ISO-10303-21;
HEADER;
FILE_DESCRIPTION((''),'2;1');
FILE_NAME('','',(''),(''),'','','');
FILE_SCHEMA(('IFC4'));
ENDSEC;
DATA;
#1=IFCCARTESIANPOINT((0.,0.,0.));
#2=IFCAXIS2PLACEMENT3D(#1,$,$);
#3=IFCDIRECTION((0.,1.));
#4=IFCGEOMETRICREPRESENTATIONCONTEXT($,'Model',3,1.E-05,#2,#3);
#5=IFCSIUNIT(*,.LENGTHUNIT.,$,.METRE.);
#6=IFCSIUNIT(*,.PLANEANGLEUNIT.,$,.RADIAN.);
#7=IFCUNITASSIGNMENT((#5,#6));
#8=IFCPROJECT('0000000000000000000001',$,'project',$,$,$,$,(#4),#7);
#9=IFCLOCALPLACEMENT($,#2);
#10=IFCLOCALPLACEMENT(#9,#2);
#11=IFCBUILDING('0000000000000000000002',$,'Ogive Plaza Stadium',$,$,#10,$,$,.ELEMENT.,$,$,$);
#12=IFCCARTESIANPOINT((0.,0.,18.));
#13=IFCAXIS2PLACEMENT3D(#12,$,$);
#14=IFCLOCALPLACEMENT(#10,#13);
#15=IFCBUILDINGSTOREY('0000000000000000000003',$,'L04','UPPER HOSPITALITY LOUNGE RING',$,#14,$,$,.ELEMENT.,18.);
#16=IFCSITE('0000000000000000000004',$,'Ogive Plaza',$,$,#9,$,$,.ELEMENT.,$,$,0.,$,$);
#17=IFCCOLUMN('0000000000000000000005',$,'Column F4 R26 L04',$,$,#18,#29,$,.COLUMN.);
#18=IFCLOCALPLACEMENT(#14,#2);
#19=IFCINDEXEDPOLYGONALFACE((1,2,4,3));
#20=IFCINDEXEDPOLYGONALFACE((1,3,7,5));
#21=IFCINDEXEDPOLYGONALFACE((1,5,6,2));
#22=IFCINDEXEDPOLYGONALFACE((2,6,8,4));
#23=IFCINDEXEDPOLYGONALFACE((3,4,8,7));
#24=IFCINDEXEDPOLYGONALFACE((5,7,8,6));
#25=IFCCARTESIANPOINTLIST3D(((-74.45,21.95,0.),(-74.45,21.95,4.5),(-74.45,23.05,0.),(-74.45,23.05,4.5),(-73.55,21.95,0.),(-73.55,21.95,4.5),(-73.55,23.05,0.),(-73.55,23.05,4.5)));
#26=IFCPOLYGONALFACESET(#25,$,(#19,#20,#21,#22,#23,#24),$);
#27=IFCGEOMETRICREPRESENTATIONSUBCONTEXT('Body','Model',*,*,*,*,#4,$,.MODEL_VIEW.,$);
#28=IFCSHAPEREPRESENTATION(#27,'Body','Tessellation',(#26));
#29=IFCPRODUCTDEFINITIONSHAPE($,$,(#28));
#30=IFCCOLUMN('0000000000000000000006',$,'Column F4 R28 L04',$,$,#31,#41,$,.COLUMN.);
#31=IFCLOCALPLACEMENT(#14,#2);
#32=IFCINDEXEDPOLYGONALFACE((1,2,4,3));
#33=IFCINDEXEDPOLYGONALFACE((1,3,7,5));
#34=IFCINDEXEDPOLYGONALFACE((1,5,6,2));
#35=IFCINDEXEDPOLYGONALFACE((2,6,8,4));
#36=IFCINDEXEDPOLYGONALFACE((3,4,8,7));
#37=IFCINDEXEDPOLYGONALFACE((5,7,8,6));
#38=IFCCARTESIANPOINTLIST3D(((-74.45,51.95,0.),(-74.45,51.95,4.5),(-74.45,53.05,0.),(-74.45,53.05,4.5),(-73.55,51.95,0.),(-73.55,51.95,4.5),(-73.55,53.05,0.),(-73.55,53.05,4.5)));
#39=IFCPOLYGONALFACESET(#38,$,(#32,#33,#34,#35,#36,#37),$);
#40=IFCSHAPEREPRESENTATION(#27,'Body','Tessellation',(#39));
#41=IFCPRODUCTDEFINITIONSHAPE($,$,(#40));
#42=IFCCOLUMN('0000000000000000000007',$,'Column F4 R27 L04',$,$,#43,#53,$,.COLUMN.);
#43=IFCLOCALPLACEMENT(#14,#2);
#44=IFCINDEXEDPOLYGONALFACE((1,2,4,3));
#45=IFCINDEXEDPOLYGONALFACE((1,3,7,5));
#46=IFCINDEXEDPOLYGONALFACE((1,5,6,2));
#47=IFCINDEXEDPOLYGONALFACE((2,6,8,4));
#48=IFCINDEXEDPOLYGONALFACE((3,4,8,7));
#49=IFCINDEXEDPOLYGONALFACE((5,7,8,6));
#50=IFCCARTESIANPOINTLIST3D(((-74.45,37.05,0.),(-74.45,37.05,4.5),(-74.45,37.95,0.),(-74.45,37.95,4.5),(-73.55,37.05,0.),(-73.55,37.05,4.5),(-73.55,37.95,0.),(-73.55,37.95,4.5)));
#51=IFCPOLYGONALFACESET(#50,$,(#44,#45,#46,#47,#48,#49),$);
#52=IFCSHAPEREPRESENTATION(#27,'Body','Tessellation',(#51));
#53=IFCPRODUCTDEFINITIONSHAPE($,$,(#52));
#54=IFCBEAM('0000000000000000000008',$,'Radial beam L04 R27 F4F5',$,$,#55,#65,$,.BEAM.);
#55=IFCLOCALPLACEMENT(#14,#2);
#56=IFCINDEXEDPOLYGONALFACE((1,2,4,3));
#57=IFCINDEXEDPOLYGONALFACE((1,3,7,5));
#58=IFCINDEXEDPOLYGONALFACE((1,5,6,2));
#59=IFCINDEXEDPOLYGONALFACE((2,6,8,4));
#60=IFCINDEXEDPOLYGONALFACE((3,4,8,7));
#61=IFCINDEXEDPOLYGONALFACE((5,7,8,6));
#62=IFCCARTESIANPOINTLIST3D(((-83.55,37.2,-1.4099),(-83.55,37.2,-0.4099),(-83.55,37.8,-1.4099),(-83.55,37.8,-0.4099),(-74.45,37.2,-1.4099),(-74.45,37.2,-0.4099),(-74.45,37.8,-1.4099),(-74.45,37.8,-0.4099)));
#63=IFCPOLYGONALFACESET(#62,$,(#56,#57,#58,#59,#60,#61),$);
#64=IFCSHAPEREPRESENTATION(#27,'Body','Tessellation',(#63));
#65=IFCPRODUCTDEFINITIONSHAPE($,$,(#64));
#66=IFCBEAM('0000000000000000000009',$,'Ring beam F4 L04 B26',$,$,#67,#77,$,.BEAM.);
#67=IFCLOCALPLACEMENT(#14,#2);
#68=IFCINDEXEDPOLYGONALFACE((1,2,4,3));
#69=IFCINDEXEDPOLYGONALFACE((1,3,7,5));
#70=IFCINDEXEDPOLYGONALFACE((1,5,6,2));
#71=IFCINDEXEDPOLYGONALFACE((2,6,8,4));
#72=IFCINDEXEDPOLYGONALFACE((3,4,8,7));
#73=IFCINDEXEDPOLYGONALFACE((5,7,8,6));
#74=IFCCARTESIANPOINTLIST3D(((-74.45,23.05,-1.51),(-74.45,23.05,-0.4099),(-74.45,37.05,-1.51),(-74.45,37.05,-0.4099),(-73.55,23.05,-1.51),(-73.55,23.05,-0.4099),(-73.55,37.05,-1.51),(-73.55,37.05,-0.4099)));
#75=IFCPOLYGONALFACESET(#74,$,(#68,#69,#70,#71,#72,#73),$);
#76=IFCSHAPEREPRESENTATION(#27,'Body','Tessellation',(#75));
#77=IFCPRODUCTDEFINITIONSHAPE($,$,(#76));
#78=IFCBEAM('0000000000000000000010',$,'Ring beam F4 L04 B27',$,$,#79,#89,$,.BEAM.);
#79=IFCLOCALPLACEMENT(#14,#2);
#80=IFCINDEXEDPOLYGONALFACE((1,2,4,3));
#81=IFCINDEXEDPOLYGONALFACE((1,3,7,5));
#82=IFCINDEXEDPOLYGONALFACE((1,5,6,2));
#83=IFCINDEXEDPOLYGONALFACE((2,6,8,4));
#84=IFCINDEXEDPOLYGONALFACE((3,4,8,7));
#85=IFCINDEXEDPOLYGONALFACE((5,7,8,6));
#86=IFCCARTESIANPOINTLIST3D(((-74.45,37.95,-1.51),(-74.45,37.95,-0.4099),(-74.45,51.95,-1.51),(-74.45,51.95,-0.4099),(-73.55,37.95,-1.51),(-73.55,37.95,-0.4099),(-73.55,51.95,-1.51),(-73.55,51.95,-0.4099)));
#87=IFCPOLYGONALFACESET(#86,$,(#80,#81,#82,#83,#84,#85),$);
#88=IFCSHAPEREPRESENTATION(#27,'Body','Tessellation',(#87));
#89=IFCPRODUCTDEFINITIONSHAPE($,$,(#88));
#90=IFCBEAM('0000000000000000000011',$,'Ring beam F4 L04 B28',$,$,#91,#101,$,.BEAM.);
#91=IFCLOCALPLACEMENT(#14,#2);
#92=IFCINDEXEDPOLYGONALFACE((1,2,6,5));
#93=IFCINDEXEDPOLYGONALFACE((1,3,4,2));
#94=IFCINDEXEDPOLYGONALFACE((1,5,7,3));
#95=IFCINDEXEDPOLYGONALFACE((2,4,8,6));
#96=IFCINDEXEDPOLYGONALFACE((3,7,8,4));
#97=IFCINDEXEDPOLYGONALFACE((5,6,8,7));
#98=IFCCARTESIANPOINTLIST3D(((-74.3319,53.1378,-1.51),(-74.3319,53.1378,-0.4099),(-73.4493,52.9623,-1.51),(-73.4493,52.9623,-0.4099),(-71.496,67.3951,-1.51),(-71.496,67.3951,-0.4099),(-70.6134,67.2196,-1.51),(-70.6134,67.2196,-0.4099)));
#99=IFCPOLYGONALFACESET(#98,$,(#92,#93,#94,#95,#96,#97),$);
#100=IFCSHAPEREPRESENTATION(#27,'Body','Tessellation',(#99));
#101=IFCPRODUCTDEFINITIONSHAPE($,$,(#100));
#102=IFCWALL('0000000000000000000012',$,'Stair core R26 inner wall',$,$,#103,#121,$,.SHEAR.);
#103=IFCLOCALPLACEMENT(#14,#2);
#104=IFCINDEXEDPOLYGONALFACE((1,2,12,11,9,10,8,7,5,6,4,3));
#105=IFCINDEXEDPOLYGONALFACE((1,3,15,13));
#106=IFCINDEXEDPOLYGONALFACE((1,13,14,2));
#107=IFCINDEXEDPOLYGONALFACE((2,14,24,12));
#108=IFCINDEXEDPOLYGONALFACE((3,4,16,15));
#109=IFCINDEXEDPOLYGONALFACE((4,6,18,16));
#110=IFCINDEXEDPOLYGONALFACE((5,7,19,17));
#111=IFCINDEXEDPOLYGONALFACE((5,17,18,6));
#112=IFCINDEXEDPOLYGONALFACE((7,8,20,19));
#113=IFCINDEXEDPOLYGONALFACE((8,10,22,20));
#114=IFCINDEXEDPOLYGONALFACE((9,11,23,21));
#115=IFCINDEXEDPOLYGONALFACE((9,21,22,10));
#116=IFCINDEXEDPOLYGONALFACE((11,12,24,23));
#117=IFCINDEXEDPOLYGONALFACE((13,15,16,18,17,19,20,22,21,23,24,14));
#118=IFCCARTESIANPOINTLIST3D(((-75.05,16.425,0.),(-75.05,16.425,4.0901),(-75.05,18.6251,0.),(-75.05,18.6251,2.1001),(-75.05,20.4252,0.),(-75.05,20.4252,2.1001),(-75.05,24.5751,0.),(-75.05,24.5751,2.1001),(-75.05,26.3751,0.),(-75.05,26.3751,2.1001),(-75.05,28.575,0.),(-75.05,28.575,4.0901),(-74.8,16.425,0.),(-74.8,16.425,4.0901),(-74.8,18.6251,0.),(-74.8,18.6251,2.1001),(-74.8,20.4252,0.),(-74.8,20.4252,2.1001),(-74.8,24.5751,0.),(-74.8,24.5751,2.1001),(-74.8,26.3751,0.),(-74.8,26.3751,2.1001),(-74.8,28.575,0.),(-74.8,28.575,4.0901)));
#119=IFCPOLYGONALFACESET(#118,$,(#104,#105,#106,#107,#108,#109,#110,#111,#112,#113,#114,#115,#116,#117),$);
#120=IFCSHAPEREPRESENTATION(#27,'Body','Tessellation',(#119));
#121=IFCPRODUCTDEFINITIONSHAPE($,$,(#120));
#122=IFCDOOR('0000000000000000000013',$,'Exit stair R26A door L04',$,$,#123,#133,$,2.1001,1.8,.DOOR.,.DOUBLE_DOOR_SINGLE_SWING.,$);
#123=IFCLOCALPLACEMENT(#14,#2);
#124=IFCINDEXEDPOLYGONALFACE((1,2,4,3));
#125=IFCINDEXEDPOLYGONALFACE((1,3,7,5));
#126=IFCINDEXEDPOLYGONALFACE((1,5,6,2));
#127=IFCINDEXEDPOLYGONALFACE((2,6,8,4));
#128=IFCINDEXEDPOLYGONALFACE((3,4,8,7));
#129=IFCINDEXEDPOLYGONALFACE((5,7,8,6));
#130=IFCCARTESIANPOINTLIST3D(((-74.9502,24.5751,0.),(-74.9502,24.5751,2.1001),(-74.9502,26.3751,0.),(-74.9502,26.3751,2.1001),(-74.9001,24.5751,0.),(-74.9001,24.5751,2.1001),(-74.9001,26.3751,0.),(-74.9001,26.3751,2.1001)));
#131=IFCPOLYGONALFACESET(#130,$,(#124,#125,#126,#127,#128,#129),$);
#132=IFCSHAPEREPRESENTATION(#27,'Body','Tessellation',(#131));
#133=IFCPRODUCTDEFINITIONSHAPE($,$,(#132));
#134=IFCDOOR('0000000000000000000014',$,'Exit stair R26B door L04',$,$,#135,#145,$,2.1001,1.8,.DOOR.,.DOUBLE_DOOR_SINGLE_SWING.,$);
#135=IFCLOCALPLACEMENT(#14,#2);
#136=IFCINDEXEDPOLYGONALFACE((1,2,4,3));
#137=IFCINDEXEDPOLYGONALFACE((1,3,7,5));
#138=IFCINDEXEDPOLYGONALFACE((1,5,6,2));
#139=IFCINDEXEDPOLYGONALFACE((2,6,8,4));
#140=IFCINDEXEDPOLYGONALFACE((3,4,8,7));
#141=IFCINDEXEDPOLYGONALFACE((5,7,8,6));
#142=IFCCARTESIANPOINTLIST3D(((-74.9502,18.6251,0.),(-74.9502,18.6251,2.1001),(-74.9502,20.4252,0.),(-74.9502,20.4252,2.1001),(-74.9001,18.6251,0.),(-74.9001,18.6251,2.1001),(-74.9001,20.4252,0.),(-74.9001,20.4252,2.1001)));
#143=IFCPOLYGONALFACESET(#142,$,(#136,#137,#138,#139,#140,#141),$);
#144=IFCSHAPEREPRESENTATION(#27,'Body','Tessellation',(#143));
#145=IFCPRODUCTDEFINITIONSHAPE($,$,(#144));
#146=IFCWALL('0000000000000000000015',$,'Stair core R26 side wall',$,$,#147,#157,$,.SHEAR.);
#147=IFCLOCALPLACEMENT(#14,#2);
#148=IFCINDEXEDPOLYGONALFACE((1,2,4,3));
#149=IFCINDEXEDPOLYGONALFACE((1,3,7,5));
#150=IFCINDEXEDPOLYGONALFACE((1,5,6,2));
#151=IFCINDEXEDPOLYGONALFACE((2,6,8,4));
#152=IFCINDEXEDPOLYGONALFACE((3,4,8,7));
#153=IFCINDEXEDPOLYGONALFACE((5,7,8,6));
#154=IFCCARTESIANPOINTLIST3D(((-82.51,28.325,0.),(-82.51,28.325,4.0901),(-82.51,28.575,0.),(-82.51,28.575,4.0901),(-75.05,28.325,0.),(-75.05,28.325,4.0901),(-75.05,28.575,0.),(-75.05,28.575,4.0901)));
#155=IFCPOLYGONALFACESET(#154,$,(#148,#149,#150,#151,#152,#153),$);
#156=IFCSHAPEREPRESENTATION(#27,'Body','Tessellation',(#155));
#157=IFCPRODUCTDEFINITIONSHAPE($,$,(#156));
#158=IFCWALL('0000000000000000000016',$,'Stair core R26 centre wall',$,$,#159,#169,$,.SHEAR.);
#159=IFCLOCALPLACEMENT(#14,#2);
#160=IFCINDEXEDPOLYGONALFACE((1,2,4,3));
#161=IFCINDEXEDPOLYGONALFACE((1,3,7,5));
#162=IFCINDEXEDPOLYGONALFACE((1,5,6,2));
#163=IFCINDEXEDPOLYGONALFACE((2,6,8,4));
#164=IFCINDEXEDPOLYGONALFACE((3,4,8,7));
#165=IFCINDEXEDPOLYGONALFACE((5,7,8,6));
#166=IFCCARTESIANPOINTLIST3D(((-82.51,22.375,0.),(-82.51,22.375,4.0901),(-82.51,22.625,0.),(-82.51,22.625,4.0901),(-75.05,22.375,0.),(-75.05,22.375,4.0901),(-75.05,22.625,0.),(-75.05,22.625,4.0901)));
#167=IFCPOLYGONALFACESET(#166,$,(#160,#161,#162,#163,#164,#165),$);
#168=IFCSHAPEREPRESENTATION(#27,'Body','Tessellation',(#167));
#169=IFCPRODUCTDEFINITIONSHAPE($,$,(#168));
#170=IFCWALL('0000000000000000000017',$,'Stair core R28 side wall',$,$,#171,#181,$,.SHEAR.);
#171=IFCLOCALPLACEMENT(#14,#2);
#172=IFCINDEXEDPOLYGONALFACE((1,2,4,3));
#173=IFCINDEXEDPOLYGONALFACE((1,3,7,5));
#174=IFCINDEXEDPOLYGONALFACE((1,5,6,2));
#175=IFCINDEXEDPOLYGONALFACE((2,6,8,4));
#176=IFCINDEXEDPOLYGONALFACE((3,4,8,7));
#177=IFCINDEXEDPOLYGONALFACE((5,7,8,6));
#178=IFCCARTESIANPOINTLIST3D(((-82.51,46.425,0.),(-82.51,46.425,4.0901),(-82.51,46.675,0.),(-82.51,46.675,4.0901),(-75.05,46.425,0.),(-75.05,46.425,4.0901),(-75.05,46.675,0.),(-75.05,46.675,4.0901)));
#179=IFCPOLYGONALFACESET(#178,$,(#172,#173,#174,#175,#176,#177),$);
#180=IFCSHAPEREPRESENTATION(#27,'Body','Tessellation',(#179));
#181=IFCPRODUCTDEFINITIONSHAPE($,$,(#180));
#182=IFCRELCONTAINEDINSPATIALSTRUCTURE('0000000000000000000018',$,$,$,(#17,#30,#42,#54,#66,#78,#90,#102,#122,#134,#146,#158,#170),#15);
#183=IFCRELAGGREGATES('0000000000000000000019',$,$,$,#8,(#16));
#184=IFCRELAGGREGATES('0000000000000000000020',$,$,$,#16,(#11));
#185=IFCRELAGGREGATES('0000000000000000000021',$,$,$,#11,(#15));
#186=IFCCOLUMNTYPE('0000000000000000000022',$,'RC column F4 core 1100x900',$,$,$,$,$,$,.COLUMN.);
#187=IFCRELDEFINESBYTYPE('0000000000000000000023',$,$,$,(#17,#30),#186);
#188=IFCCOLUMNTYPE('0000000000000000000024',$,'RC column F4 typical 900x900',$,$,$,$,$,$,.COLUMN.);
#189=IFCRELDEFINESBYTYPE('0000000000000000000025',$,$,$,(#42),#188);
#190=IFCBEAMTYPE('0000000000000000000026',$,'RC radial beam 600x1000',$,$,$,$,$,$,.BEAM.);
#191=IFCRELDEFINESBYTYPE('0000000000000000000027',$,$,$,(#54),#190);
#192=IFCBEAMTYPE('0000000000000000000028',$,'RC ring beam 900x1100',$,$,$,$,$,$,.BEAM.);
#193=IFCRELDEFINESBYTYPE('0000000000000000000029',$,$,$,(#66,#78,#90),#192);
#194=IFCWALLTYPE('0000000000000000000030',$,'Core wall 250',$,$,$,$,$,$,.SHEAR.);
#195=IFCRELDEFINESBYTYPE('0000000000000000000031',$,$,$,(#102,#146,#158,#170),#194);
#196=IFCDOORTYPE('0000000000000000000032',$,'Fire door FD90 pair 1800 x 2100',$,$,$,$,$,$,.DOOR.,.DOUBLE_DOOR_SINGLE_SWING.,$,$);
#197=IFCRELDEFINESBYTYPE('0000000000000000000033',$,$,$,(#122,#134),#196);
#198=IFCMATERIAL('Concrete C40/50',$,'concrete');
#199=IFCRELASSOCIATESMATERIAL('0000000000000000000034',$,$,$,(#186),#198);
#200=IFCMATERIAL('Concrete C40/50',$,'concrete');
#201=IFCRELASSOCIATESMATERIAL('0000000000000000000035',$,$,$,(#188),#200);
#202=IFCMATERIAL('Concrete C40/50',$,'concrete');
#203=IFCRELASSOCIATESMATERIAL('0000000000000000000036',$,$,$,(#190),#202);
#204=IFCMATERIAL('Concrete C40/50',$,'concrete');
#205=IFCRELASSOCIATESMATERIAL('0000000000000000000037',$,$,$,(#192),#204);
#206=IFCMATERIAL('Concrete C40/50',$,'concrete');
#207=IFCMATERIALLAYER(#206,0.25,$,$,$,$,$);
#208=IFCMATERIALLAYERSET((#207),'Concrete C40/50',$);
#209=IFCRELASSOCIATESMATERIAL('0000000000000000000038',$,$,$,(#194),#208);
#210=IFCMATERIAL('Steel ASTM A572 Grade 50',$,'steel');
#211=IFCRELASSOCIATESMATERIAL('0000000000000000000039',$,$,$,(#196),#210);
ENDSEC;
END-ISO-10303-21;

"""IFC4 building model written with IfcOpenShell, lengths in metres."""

from ifc_helpers import new_model, si_unit, direction, frame, frame_2d, origin, origin_2d, place, context, subcontext, project, spatial, rectangle, extrude, material, layer, layer_set, material_profile, profile_set, type_object, element, fill, save


model = new_model("IFC4")

# Units and contexts
model_context = context("Model", 3, precision=1e-05, world=origin(), true_north=direction((0.0, 1.0)))
body_context = subcontext(model_context, "Body", "Model", "MODEL_VIEW")
ifc_project = project(units=[si_unit("LENGTHUNIT", "METRE"), si_unit("PLANEANGLEUNIT", "RADIAN")], contexts=[model_context])

# Site, building, storey
site_placement = place(None, origin())
site = spatial("IfcSite", under=ifc_project, at=site_placement, Name="Ogive Plaza", CompositionType="ELEMENT", RefElevation=0.0)
building_placement = place(site_placement, origin())
building = spatial("IfcBuilding", under=site, at=building_placement, Name="Ogive Plaza Stadium", CompositionType="ELEMENT")
storey_placement = place(building_placement, frame((0.0, 0.0, 18.0)))
storey = spatial("IfcBuildingStorey", under=building, at=storey_placement, Name="L04", Description="UPPER HOSPITALITY LOUNGE RING", CompositionType="ELEMENT", Elevation=18.0)

# Columns
ifc_material_1 = material(Name="Concrete C40/50", Category="concrete")
ifc_material_profile_1 = material_profile(ifc_material_1, rectangle(XDim=1.1001, YDim=0.8999, at=origin_2d()), Name="RC 1100x900")
ifc_profile_set_1 = profile_set([ifc_material_profile_1], Name="Concrete C40/50")
column_type_1 = type_object("IfcColumnType", Name="RC column F4 core 1100x900", PredefinedType="COLUMN", material=ifc_profile_set_1)
for number, where, z_axis, x_axis, name in (
    (1, (-74.0, 22.5, 0.0), (0.0, 0.0, 1.0), (0.0, -1.0, 0.0), "Column F4 R26 L04"),
    (2, (-74.0, 52.5, 0.0), (0.0, 0.0, 1.0), (0.0, -1.0, 0.0), "Column F4 R28 L04"),
):
    element("IfcColumn", number, at=place(storey_placement, frame(where, z_axis=z_axis, x_axis=x_axis)), inside=storey, type_object=column_type_1, Name=name, PredefinedType="COLUMN", context=body_context, shape_type="SweptSolid", body=[
        extrude(rectangle(XDim=1.1001, YDim=0.8999, at=origin_2d()), origin(), (0.0, 0.0, 1.0), 4.5),
    ])
ifc_material_2 = material(Name="Concrete C40/50", Category="concrete")
ifc_material_profile_2 = material_profile(ifc_material_2, rectangle(XDim=0.8999, YDim=0.8999, at=origin_2d()), Name="RC 900x900")
ifc_profile_set_2 = profile_set([ifc_material_profile_2], Name="Concrete C40/50")
column_type_2 = type_object("IfcColumnType", Name="RC column F4 typical 900x900", PredefinedType="COLUMN", material=ifc_profile_set_2)
column_placement = place(storey_placement, frame((-74.0, 37.5, 0.0), z_axis=(0.0, 0.0, 1.0), x_axis=(0.0, -1.0, 0.0)))
element("IfcColumn", 3, at=column_placement, inside=storey, type_object=column_type_2, Name="Column F4 R27 L04", PredefinedType="COLUMN", context=body_context, shape_type="SweptSolid", body=[
    extrude(rectangle(XDim=0.8999, YDim=0.8999, at=origin_2d()), origin(), (0.0, 0.0, 1.0), 4.5),
])

# Beams
ifc_material_3 = material(Name="Concrete C40/50", Category="concrete")
ifc_material_profile_3 = material_profile(ifc_material_3, rectangle(XDim=0.6001, YDim=1.0, at=origin_2d()), Name="RC 600x1000")
ifc_profile_set_3 = profile_set([ifc_material_profile_3], Name="Concrete C40/50")
beam_type_1 = type_object("IfcBeamType", Name="RC radial beam 600x1000", PredefinedType="BEAM", material=ifc_profile_set_3)
beam_1_placement = place(storey_placement, frame((-74.45, 37.5, -0.9099), z_axis=(-1.0, 0.0, 0.0), x_axis=(0.0, -1.0, 0.0)))
element("IfcBeam", 4, at=beam_1_placement, inside=storey, type_object=beam_type_1, Name="Radial beam L04 R27 F4F5", PredefinedType="BEAM", context=body_context, shape_type="SweptSolid", body=[
    extrude(rectangle(XDim=0.6001, YDim=1.0, at=origin_2d()), origin(), (0.0, 0.0, 1.0), 9.1001),
])
ifc_material_4 = material(Name="Concrete C40/50", Category="concrete")
ifc_material_profile_4 = material_profile(ifc_material_4, rectangle(XDim=0.8999, YDim=1.1001, at=origin_2d()), Name="RC 900x1100")
ifc_profile_set_4 = profile_set([ifc_material_profile_4], Name="Concrete C40/50")
beam_type_2 = type_object("IfcBeamType", Name="RC ring beam 900x1100", PredefinedType="BEAM", material=ifc_profile_set_4)
for number, where, z_axis, x_axis, name in (
    (5, (-74.0, 23.05, -0.96), (0.0, 1.0, 0.0), (-1.0, 0.0, 0.0), "Ring beam F4 L04 B26"),
    (6, (-74.0, 37.95, -0.96), (0.0, 1.0, 0.0), (-1.0, 0.0, 0.0), "Ring beam F4 L04 B27"),
):
    element("IfcBeam", number, at=place(storey_placement, frame(where, z_axis=z_axis, x_axis=x_axis)), inside=storey, type_object=beam_type_2, Name=name, PredefinedType="BEAM", context=body_context, shape_type="SweptSolid", body=[
        extrude(rectangle(XDim=0.8999, YDim=1.1001, at=origin_2d()), origin(), (0.0, 0.0, 1.0), 14.0),
    ])
beam_2_placement = place(storey_placement, frame((-73.8906, 53.05, -0.96), z_axis=(0.195089, 0.980786, 0.0), x_axis=(-0.980786, 0.195089, 0.0)))
element("IfcBeam", 7, at=beam_2_placement, inside=storey, type_object=beam_type_2, Name="Ring beam F4 L04 B28", PredefinedType="BEAM", context=body_context, shape_type="SweptSolid", body=[
    extrude(rectangle(XDim=0.8999, YDim=1.1001, at=origin_2d()), origin(), (0.0, 0.0, 1.0), 14.5366),
])

# Wall, openings, doors
ifc_material_5 = material(Name="Concrete C40/50", Category="concrete")
ifc_layer = layer(ifc_material_5, 0.25)
ifc_layer_set = layer_set([ifc_layer], Name="Concrete C40/50")
wall_type = type_object("IfcWallType", Name="Core wall 250", PredefinedType="SHEAR", material=ifc_layer_set)
wall_placement = place(storey_placement, frame((-74.925, 28.575, 0.0), z_axis=(0.0, 0.0, 1.0), x_axis=(0.0, -1.0, 0.0)))
wall = element("IfcWall", 8, at=wall_placement, inside=storey, type_object=wall_type, Name="Stair core R26 inner wall", PredefinedType="SHEAR", context=body_context, shape_type="SweptSolid", body=[
    extrude(rectangle(XDim=12.1499, YDim=0.25, at=frame_2d((6.075, 0.0))), origin(), (0.0, 0.0, 1.0), 4.0901),
])
opening_1_placement = place(wall_placement, frame((2.2, 0.0, 0.0)))
opening_1 = element("IfcOpeningElement", 9, at=opening_1_placement, cuts=wall, PredefinedType="OPENING", context=body_context, shape_type="SweptSolid", body=[
    extrude(rectangle(XDim=1.8, YDim=2.1001, at=frame_2d((0.8999, 1.05))), frame((0.0, 0.125, 0.0), z_axis=(0.0, -1.0, 0.0), x_axis=(1.0, 0.0, 0.0)), (0.0, 0.0, 1.0), 0.25),
])
opening_2_placement = place(wall_placement, frame((8.1499, 0.0, 0.0)))
opening_2 = element("IfcOpeningElement", 10, at=opening_2_placement, cuts=wall, PredefinedType="OPENING", context=body_context, shape_type="SweptSolid", body=[
    extrude(rectangle(XDim=1.8, YDim=2.1001, at=frame_2d((0.8999, 1.05))), frame((0.0, 0.125, 0.0), z_axis=(0.0, -1.0, 0.0), x_axis=(1.0, 0.0, 0.0)), (0.0, 0.0, 1.0), 0.25),
])
ifc_material_6 = material(Name="Steel ASTM A572 Grade 50", Category="steel")
door_type = type_object("IfcDoorType", Name="Fire door FD90 pair 1800 x 2100", OperationType="DOUBLE_DOOR_SINGLE_SWING", PredefinedType="DOOR", material=ifc_material_6)
door_1_placement = place(opening_1_placement, origin())
door_1 = element("IfcDoor", 11, at=door_1_placement, inside=storey, type_object=door_type, Name="Exit stair R26A door L04", OperationType="DOUBLE_DOOR_SINGLE_SWING", OverallHeight=2.1001, OverallWidth=1.8, PredefinedType="DOOR", context=body_context, shape_type="SweptSolid", body=[
    extrude(rectangle(XDim=1.8, YDim=2.1001, at=frame_2d((0.8999, 1.05))), frame((0.0, 0.0249, 0.0), z_axis=(0.0, -1.0, 0.0), x_axis=(1.0, 0.0, 0.0)), (0.0, 0.0, 1.0), 0.05),
])
fill(opening_1, door_1)
door_2_placement = place(opening_2_placement, origin())
door_2 = element("IfcDoor", 12, at=door_2_placement, inside=storey, type_object=door_type, Name="Exit stair R26B door L04", OperationType="DOUBLE_DOOR_SINGLE_SWING", OverallHeight=2.1001, OverallWidth=1.8, PredefinedType="DOOR", context=body_context, shape_type="SweptSolid", body=[
    extrude(rectangle(XDim=1.8, YDim=2.1001, at=frame_2d((0.8999, 1.05))), frame((0.0, 0.0249, 0.0), z_axis=(0.0, -1.0, 0.0), x_axis=(1.0, 0.0, 0.0)), (0.0, 0.0, 1.0), 0.05),
])
fill(opening_2, door_2)

# Walls
for number, where, z_axis, x_axis, name in (
    (13, (-75.05, 28.45, 0.0), (0.0, 0.0, 1.0), (-1.0, 0.0, 0.0), "Stair core R26 side wall"),
    (14, (-75.05, 22.5, 0.0), (0.0, 0.0, 1.0), (-1.0, 0.0, 0.0), "Stair core R26 centre wall"),
    (15, (-75.05, 46.55, 0.0), (0.0, 0.0, 1.0), (-1.0, 0.0, 0.0), "Stair core R28 side wall"),
):
    element("IfcWall", number, at=place(storey_placement, frame(where, z_axis=z_axis, x_axis=x_axis)), inside=storey, type_object=wall_type, Name=name, PredefinedType="SHEAR", context=body_context, shape_type="SweptSolid", body=[
        extrude(rectangle(XDim=7.46, YDim=0.25, at=frame_2d((3.73, 0.0))), origin(), (0.0, 0.0, 1.0), 4.0901),
    ])

save(model, "model.ifc")
